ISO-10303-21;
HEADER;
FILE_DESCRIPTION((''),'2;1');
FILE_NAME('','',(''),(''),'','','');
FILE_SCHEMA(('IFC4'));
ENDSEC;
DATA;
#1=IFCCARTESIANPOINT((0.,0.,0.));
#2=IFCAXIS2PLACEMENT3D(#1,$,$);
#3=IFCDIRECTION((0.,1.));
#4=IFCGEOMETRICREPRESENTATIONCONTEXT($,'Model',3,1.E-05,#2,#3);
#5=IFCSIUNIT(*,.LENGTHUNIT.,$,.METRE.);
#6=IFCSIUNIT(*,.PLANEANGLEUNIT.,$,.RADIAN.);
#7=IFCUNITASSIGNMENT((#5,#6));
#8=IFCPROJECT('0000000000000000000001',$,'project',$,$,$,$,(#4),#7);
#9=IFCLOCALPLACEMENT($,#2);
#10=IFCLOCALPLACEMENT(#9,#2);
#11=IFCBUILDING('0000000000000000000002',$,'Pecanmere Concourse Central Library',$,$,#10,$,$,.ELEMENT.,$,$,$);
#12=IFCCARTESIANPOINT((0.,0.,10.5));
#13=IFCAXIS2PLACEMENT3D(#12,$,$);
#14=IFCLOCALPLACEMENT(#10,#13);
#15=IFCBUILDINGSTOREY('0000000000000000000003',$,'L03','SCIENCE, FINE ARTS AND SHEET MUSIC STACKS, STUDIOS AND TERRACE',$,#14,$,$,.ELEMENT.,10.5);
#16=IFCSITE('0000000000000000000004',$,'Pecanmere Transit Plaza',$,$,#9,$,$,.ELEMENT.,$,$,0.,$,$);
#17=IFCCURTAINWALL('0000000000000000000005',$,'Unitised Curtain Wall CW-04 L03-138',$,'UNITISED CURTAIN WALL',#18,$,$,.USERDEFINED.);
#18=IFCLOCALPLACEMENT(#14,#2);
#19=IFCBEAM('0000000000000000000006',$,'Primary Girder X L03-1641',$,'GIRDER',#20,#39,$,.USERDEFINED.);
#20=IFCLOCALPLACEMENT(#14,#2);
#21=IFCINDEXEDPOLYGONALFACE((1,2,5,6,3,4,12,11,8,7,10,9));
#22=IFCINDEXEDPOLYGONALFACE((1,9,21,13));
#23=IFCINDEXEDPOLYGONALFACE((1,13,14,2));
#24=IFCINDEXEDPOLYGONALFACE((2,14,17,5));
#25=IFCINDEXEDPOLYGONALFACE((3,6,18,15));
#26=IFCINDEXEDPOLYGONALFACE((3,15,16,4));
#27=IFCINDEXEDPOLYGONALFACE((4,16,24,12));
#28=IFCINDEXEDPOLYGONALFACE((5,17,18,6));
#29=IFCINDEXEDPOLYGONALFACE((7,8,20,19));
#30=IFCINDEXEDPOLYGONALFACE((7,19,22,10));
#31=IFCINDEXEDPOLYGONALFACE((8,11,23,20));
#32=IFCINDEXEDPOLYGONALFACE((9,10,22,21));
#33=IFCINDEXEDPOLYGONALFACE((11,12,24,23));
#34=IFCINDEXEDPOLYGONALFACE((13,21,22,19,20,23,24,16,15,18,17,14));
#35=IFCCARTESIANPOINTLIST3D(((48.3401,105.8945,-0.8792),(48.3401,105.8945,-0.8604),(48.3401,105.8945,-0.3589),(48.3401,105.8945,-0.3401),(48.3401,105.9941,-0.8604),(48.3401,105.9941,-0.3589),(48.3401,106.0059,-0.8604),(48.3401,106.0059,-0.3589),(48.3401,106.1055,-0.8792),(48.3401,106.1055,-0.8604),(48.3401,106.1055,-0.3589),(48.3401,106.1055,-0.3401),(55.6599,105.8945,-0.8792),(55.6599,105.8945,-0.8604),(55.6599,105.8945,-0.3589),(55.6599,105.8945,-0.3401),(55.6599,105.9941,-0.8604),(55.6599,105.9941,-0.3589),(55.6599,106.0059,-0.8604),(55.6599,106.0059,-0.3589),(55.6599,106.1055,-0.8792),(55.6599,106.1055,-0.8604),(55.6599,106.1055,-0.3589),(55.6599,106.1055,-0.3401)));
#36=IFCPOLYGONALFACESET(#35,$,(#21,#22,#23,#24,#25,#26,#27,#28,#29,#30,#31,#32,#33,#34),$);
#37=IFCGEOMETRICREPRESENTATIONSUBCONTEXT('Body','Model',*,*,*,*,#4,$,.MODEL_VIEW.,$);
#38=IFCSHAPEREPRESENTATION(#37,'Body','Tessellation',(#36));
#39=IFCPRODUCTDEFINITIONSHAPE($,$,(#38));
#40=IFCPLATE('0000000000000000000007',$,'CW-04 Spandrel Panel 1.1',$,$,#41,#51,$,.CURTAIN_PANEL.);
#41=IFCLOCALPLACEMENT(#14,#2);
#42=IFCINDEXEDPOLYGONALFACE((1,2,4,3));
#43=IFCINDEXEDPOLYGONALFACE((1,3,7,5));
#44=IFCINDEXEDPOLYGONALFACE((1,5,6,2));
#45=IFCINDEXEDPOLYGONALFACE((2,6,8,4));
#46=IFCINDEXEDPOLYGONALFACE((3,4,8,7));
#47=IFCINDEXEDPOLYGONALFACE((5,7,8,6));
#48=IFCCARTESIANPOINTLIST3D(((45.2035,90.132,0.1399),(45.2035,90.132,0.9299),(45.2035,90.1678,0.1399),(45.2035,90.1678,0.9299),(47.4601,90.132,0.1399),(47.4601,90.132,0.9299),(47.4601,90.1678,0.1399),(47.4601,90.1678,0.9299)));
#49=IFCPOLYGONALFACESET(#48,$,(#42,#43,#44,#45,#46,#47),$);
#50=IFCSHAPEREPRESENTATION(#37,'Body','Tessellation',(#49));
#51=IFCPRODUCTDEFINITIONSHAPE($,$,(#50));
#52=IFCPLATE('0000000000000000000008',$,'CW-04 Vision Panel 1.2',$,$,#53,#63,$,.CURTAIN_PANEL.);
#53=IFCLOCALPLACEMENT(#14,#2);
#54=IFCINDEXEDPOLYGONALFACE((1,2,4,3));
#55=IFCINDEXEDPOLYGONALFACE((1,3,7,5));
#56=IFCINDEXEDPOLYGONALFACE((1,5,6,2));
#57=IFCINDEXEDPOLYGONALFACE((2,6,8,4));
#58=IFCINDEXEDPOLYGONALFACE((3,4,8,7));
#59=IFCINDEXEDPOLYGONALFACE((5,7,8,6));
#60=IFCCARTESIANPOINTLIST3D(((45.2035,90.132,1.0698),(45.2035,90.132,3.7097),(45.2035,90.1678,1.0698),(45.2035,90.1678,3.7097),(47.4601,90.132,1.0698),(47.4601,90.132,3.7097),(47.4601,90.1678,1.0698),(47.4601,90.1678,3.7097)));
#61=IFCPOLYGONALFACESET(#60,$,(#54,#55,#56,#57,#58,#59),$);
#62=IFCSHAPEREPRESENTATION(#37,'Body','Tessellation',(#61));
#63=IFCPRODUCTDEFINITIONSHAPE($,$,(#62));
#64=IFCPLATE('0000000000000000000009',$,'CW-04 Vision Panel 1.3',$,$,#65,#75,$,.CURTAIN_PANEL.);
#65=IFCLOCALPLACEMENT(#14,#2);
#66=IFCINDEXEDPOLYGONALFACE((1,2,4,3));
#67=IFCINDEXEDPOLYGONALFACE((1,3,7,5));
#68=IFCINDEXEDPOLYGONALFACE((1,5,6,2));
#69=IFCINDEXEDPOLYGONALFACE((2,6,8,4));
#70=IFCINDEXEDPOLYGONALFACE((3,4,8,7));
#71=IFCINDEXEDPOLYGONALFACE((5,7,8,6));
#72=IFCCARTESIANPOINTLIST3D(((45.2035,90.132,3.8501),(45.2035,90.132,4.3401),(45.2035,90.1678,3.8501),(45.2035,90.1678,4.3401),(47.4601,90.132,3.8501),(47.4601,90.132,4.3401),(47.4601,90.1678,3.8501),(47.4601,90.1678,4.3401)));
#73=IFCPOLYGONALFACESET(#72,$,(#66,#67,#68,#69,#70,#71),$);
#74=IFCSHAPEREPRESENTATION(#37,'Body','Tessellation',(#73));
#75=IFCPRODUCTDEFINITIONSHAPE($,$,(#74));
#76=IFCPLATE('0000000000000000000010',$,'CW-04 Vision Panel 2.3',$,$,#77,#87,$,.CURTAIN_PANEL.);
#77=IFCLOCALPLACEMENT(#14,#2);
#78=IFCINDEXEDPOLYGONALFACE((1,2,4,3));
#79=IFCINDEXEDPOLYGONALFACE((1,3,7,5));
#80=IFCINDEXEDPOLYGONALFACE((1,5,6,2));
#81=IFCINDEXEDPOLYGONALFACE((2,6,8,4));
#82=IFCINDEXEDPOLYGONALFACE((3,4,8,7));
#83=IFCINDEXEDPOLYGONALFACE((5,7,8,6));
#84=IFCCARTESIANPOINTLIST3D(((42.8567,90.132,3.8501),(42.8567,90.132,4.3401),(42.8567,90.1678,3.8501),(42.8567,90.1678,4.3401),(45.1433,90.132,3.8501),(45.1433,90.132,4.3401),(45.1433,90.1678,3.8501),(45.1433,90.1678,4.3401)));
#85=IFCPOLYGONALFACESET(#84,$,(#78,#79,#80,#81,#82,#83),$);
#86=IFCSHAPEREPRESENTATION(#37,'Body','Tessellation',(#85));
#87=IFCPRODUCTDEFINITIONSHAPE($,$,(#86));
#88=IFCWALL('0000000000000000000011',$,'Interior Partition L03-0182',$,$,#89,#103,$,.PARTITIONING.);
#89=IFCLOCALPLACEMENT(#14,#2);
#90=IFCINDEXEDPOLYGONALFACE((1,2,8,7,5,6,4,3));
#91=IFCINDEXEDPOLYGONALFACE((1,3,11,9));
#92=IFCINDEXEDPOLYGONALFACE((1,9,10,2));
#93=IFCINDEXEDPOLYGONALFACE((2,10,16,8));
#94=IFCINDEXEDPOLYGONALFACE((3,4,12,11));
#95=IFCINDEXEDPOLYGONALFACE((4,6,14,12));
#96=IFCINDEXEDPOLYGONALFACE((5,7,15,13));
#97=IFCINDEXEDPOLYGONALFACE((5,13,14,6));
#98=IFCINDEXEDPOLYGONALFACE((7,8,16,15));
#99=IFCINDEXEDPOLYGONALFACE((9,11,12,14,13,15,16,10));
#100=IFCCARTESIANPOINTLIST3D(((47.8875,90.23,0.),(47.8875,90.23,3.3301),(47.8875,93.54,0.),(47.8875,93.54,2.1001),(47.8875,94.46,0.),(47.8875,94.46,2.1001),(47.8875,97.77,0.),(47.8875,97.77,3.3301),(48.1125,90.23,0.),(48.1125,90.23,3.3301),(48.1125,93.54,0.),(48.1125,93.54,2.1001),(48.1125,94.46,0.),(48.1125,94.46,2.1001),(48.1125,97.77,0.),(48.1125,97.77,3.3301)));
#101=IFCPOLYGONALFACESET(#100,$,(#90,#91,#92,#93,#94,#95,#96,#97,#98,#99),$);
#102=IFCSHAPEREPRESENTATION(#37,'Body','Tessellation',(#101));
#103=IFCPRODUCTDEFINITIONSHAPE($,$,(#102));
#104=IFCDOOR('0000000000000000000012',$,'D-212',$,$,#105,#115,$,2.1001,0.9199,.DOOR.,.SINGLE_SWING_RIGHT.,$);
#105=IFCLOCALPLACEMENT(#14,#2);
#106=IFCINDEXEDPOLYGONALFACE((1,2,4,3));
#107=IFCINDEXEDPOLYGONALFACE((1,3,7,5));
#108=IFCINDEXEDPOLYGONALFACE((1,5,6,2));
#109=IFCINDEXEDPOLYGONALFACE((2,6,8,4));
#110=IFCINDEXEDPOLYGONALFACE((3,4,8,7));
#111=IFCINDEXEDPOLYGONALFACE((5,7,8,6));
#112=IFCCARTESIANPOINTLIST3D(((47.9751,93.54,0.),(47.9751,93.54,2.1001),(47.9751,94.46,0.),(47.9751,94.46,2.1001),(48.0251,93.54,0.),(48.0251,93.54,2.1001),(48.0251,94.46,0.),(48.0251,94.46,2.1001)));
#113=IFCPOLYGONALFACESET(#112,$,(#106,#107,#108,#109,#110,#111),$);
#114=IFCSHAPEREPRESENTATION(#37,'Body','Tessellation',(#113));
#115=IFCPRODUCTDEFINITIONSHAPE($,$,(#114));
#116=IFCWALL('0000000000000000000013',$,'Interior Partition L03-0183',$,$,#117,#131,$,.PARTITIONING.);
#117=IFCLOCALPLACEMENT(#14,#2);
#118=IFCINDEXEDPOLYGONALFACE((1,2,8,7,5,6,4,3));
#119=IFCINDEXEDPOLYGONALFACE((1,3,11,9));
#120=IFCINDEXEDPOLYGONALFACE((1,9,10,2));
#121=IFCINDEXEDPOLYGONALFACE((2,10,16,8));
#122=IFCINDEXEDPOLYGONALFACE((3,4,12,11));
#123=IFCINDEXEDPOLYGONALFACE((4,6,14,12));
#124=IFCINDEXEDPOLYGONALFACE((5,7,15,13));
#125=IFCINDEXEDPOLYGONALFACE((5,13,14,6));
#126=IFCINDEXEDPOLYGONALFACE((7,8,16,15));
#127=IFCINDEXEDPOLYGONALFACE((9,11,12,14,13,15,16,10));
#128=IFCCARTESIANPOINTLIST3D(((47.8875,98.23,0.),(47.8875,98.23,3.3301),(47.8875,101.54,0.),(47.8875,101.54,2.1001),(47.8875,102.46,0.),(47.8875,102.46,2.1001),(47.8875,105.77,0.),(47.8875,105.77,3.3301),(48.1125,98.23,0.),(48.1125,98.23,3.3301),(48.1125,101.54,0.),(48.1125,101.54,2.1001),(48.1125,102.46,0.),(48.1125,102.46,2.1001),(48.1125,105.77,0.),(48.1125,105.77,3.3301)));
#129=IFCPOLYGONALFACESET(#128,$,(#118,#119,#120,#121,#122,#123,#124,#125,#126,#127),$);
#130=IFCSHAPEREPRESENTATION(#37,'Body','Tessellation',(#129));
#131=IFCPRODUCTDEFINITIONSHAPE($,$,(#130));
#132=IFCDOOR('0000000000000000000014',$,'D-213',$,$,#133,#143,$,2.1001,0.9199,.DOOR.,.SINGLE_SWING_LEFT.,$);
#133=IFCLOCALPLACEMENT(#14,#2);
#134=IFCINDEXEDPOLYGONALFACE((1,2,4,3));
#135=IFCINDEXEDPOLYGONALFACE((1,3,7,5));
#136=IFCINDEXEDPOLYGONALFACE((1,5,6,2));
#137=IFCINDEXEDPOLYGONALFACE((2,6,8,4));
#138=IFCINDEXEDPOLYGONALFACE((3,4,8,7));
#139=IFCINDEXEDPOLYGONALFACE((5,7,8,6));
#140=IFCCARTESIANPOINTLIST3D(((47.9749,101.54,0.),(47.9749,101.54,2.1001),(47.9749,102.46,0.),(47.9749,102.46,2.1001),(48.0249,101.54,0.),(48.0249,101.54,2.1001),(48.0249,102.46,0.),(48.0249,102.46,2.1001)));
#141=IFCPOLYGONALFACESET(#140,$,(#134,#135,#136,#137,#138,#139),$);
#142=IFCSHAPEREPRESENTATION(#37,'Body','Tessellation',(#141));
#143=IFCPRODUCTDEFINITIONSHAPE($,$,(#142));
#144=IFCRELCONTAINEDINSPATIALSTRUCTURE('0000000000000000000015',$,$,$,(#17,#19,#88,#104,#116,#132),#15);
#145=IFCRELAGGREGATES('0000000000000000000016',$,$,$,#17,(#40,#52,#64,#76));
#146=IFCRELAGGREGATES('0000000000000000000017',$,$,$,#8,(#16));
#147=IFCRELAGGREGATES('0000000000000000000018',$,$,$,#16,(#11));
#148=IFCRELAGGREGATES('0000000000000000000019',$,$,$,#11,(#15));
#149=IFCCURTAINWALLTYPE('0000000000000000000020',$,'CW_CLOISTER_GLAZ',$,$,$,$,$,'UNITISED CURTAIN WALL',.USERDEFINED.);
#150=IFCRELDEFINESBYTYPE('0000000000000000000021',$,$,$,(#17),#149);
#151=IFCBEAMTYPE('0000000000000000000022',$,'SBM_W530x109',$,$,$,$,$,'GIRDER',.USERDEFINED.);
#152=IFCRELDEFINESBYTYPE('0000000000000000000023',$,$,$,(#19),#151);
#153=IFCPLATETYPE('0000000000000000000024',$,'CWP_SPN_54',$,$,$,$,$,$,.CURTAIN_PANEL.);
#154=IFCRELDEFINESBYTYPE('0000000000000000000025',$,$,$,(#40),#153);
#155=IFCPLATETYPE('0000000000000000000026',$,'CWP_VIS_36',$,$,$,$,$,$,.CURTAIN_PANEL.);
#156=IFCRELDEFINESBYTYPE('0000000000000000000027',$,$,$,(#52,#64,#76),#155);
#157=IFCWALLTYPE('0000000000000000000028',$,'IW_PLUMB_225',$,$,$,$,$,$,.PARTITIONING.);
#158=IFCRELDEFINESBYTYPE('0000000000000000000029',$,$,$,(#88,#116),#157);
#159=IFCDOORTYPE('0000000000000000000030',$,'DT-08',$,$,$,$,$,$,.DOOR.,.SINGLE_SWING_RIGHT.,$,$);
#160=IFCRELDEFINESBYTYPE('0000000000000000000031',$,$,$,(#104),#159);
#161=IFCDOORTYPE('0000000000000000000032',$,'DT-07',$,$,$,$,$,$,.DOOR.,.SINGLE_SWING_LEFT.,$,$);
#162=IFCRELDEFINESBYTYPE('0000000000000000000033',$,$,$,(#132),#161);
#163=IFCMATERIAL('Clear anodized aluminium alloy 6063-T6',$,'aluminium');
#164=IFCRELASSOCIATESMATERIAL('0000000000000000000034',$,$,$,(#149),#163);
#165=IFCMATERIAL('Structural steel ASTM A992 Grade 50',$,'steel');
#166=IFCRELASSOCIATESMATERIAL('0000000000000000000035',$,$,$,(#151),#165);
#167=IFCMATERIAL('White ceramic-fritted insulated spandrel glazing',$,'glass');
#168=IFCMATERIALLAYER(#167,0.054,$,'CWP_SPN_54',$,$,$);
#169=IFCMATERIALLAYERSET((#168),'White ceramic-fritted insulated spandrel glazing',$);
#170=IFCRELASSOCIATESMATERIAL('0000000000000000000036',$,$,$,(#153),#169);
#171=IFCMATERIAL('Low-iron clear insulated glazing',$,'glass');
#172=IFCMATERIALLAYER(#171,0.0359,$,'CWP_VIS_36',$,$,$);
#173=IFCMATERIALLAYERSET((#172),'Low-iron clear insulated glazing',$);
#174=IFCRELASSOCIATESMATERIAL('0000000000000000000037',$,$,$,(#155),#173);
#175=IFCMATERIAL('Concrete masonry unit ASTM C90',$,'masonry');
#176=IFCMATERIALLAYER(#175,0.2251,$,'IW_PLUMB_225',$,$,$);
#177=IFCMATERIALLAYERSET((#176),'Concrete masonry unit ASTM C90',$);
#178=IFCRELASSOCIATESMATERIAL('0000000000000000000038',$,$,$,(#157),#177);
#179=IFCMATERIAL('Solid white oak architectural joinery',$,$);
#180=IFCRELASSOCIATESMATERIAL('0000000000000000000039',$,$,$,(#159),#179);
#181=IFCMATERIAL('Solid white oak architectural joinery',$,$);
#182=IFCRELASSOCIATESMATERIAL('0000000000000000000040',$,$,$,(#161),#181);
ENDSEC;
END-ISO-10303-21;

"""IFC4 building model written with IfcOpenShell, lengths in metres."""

from ifc_helpers import new_model, si_unit, direction, frame, frame_2d, origin, origin_2d, place, context, subcontext, project, spatial, rectangle, i_section, extrude, material, layer, layer_set, material_profile, profile_set, type_object, element, fill, aggregate, save


model = new_model("IFC4")

# Units and contexts
model_context = context("Model", 3, precision=1e-05, world=origin(), true_north=direction((0.0, 1.0)))
body_context = subcontext(model_context, "Body", "Model", "MODEL_VIEW")
ifc_project = project(units=[si_unit("LENGTHUNIT", "METRE"), si_unit("PLANEANGLEUNIT", "RADIAN")], contexts=[model_context])

# Site, building, storey
site_placement = place(None, origin())
site = spatial("IfcSite", under=ifc_project, at=site_placement, Name="Pecanmere Transit Plaza", CompositionType="ELEMENT", RefElevation=0.0)
building_placement = place(site_placement, origin())
building = spatial("IfcBuilding", under=site, at=building_placement, Name="Pecanmere Concourse Central Library", CompositionType="ELEMENT")
storey_placement = place(building_placement, frame((0.0, 0.0, 10.5)))
storey = spatial("IfcBuildingStorey", under=building, at=storey_placement, Name="L03", Description="SCIENCE, FINE ARTS AND SHEET MUSIC STACKS, STUDIOS AND TERRACE", CompositionType="ELEMENT", Elevation=10.5)

# Curtain wall
ifc_material_1 = material(Name="Clear anodized aluminium alloy 6063-T6", Category="aluminium")
curtain_wall_type = type_object("IfcCurtainWallType", Name="CW_CLOISTER_GLAZ", ElementType="UNITISED CURTAIN WALL", PredefinedType="USERDEFINED", material=ifc_material_1)
curtain_wall_placement = place(storey_placement, origin())
curtain_wall = element("IfcCurtainWall", 1, at=curtain_wall_placement, inside=storey, type_object=curtain_wall_type, Name="Unitised Curtain Wall CW-04 L03-138", ObjectType="UNITISED CURTAIN WALL", PredefinedType="USERDEFINED")

# Beam
ifc_material_2 = material(Name="Structural steel ASTM A992 Grade 50", Category="steel")
ifc_material_profile_1 = material_profile(ifc_material_2, i_section(OverallWidth=0.2109, OverallDepth=0.5391, WebThickness=0.0117, FlangeThickness=0.0188, at=origin_2d()), Name="W530x109")
ifc_profile_set_1 = profile_set([ifc_material_profile_1], Name="Structural steel ASTM A992 Grade 50")
beam_type_1 = type_object("IfcBeamType", Name="SBM_W530x109", ElementType="GIRDER", PredefinedType="USERDEFINED", material=ifc_profile_set_1)
for number, where, z_axis, x_axis, name in (
    (2, (48.3401, 106.0, -0.6096), (1.0, 0.0, 0.0), (0.0, 1.0, 0.0), "Primary Girder X L03-1641"),
):
    element("IfcBeam", number, at=place(storey_placement, frame(where, z_axis=z_axis, x_axis=x_axis)), inside=storey, type_object=beam_type_1, Name=name, ObjectType="GIRDER", PredefinedType="USERDEFINED", context=body_context, shape_type="SweptSolid", body=[
        extrude(i_section(OverallWidth=0.2109, OverallDepth=0.5391, WebThickness=0.0117, FlangeThickness=0.0188, at=origin_2d()), origin(), (0.0, 0.0, 1.0), 7.3198),
    ])

# Plates
ifc_material_3 = material(Name="White ceramic-fritted insulated spandrel glazing", Category="glass")
ifc_layer_1 = layer(ifc_material_3, 0.054, Name="CWP_SPN_54")
ifc_layer_set_1 = layer_set([ifc_layer_1], Name="White ceramic-fritted insulated spandrel glazing")
plate_type_1 = type_object("IfcPlateType", Name="CWP_SPN_54", PredefinedType="CURTAIN_PANEL", material=ifc_layer_set_1)
plate_1_placement = place(storey_placement, frame((46.3318, 90.1499, 0.1399), z_axis=(0.0, 0.0, 1.0), x_axis=(-1.0, 0.0, 0.0)))
plate_1 = element("IfcPlate", 3, at=plate_1_placement, type_object=plate_type_1, Name="CW-04 Spandrel Panel 1.1", PredefinedType="CURTAIN_PANEL", context=body_context, shape_type="SweptSolid", body=[
    extrude(rectangle(XDim=2.2566, YDim=0.0359, at=origin_2d()), origin(), (0.0, 0.0, 1.0), 0.79),
])
ifc_material_4 = material(Name="Low-iron clear insulated glazing", Category="glass")
ifc_layer_2 = layer(ifc_material_4, 0.0359, Name="CWP_VIS_36")
ifc_layer_set_2 = layer_set([ifc_layer_2], Name="Low-iron clear insulated glazing")
plate_type_2 = type_object("IfcPlateType", Name="CWP_VIS_36", PredefinedType="CURTAIN_PANEL", material=ifc_layer_set_2)
plate_2_placement = place(storey_placement, frame((46.3318, 90.1499, 1.0698), z_axis=(0.0, 0.0, 1.0), x_axis=(-1.0, 0.0, 0.0)))
plate_2 = element("IfcPlate", 4, at=plate_2_placement, type_object=plate_type_2, Name="CW-04 Vision Panel 1.2", PredefinedType="CURTAIN_PANEL", context=body_context, shape_type="SweptSolid", body=[
    extrude(rectangle(XDim=2.2566, YDim=0.0359, at=origin_2d()), origin(), (0.0, 0.0, 1.0), 2.6399),
])
plate_3_placement = place(storey_placement, frame((46.3318, 90.1499, 3.8501), z_axis=(0.0, 0.0, 1.0), x_axis=(-1.0, 0.0, 0.0)))
plate_3 = element("IfcPlate", 5, at=plate_3_placement, type_object=plate_type_2, Name="CW-04 Vision Panel 1.3", PredefinedType="CURTAIN_PANEL", context=body_context, shape_type="SweptSolid", body=[
    extrude(rectangle(XDim=2.2566, YDim=0.0359, at=origin_2d()), origin(), (0.0, 0.0, 1.0), 0.49),
])
plate_4_placement = place(storey_placement, frame((44.0, 90.1499, 3.8501), z_axis=(0.0, 0.0, 1.0), x_axis=(-1.0, 0.0, 0.0)))
plate_4 = element("IfcPlate", 6, at=plate_4_placement, type_object=plate_type_2, Name="CW-04 Vision Panel 2.3", PredefinedType="CURTAIN_PANEL", context=body_context, shape_type="SweptSolid", body=[
    extrude(rectangle(XDim=2.2866, YDim=0.0359, at=origin_2d()), origin(), (0.0, 0.0, 1.0), 0.49),
])
aggregate(curtain_wall, [plate_1, plate_2, plate_3, plate_4])

# Walls, openings, doors
ifc_material_5 = material(Name="Concrete masonry unit ASTM C90", Category="masonry")
ifc_layer_3 = layer(ifc_material_5, 0.2251, Name="IW_PLUMB_225")
ifc_layer_set_3 = layer_set([ifc_layer_3], Name="Concrete masonry unit ASTM C90")
wall_type = type_object("IfcWallType", Name="IW_PLUMB_225", PredefinedType="PARTITIONING", material=ifc_layer_set_3)
wall_1_placement = place(storey_placement, frame((48.0, 90.23, 0.0), z_axis=(0.0, 0.0, 1.0), x_axis=(0.0, 1.0, 0.0)))
wall_1 = element("IfcWall", 7, at=wall_1_placement, inside=storey, type_object=wall_type, Name="Interior Partition L03-0182", PredefinedType="PARTITIONING", context=body_context, shape_type="SweptSolid", body=[
    extrude(rectangle(XDim=7.54, YDim=0.2251, at=frame_2d((3.77, 0.0))), origin(), (0.0, 0.0, 1.0), 3.3301),
])
opening_1_placement = place(wall_1_placement, frame((3.3101, 0.0, 0.0)))
opening_1 = element("IfcOpeningElement", 8, at=opening_1_placement, cuts=wall_1, PredefinedType="OPENING", context=body_context, shape_type="SweptSolid", body=[
    extrude(rectangle(XDim=0.9199, YDim=2.1001, at=frame_2d((0.46, 1.05))), frame((0.0, 0.1245, 0.0), z_axis=(0.0, -1.0, 0.0), x_axis=(1.0, 0.0, 0.0)), (0.0, 0.0, 1.0), 0.249),
])
ifc_material_6 = material(Name="Solid white oak architectural joinery")
door_type_1 = type_object("IfcDoorType", Name="DT-08", OperationType="SINGLE_SWING_RIGHT", PredefinedType="DOOR", material=ifc_material_6)
door_1_placement = place(opening_1_placement, origin())
door_1 = element("IfcDoor", 9, at=door_1_placement, inside=storey, type_object=door_type_1, Name="D-212", OperationType="SINGLE_SWING_RIGHT", OverallHeight=2.1001, OverallWidth=0.9199, PredefinedType="DOOR", context=body_context, shape_type="SweptSolid", body=[
    extrude(rectangle(XDim=0.9199, YDim=2.1001, at=frame_2d((0.46, 1.05))), frame((0.0, 0.0249, 0.0), z_axis=(0.0, -1.0, 0.0), x_axis=(1.0, 0.0, 0.0)), (0.0, 0.0, 1.0), 0.05),
])
fill(opening_1, door_1)
wall_2_placement = place(storey_placement, frame((48.0, 98.23, 0.0), z_axis=(0.0, 0.0, 1.0), x_axis=(0.0, 1.0, 0.0)))
wall_2 = element("IfcWall", 10, at=wall_2_placement, inside=storey, type_object=wall_type, Name="Interior Partition L03-0183", PredefinedType="PARTITIONING", context=body_context, shape_type="SweptSolid", body=[
    extrude(rectangle(XDim=7.54, YDim=0.2251, at=frame_2d((3.77, 0.0))), origin(), (0.0, 0.0, 1.0), 3.3301),
])
opening_2_placement = place(wall_2_placement, frame((3.3101, 0.0, 0.0)))
opening_2 = element("IfcOpeningElement", 11, at=opening_2_placement, cuts=wall_2, PredefinedType="OPENING", context=body_context, shape_type="SweptSolid", body=[
    extrude(rectangle(XDim=0.9199, YDim=2.1001, at=frame_2d((0.46, 1.05))), frame((0.0, 0.1245, 0.0), z_axis=(0.0, -1.0, 0.0), x_axis=(1.0, 0.0, 0.0)), (0.0, 0.0, 1.0), 0.249),
])
ifc_material_7 = material(Name="Solid white oak architectural joinery")
door_type_2 = type_object("IfcDoorType", Name="DT-07", OperationType="SINGLE_SWING_LEFT", PredefinedType="DOOR", material=ifc_material_7)
door_2_placement = place(opening_2_placement, frame((0.9199, 0.0, 0.0), z_axis=(0.0, 0.0, 1.0), x_axis=(-1.0, 0.0, 0.0)))
door_2 = element("IfcDoor", 12, at=door_2_placement, inside=storey, type_object=door_type_2, Name="D-213", OperationType="SINGLE_SWING_LEFT", OverallHeight=2.1001, OverallWidth=0.9199, PredefinedType="DOOR", context=body_context, shape_type="SweptSolid", body=[
    extrude(rectangle(XDim=0.9199, YDim=2.1001, at=frame_2d((0.46, 1.05))), frame((0.0, 0.0249, 0.0), z_axis=(0.0, -1.0, 0.0), x_axis=(1.0, 0.0, 0.0)), (0.0, 0.0, 1.0), 0.05),
])
fill(opening_2, door_2)

save(model, "model.ifc")
